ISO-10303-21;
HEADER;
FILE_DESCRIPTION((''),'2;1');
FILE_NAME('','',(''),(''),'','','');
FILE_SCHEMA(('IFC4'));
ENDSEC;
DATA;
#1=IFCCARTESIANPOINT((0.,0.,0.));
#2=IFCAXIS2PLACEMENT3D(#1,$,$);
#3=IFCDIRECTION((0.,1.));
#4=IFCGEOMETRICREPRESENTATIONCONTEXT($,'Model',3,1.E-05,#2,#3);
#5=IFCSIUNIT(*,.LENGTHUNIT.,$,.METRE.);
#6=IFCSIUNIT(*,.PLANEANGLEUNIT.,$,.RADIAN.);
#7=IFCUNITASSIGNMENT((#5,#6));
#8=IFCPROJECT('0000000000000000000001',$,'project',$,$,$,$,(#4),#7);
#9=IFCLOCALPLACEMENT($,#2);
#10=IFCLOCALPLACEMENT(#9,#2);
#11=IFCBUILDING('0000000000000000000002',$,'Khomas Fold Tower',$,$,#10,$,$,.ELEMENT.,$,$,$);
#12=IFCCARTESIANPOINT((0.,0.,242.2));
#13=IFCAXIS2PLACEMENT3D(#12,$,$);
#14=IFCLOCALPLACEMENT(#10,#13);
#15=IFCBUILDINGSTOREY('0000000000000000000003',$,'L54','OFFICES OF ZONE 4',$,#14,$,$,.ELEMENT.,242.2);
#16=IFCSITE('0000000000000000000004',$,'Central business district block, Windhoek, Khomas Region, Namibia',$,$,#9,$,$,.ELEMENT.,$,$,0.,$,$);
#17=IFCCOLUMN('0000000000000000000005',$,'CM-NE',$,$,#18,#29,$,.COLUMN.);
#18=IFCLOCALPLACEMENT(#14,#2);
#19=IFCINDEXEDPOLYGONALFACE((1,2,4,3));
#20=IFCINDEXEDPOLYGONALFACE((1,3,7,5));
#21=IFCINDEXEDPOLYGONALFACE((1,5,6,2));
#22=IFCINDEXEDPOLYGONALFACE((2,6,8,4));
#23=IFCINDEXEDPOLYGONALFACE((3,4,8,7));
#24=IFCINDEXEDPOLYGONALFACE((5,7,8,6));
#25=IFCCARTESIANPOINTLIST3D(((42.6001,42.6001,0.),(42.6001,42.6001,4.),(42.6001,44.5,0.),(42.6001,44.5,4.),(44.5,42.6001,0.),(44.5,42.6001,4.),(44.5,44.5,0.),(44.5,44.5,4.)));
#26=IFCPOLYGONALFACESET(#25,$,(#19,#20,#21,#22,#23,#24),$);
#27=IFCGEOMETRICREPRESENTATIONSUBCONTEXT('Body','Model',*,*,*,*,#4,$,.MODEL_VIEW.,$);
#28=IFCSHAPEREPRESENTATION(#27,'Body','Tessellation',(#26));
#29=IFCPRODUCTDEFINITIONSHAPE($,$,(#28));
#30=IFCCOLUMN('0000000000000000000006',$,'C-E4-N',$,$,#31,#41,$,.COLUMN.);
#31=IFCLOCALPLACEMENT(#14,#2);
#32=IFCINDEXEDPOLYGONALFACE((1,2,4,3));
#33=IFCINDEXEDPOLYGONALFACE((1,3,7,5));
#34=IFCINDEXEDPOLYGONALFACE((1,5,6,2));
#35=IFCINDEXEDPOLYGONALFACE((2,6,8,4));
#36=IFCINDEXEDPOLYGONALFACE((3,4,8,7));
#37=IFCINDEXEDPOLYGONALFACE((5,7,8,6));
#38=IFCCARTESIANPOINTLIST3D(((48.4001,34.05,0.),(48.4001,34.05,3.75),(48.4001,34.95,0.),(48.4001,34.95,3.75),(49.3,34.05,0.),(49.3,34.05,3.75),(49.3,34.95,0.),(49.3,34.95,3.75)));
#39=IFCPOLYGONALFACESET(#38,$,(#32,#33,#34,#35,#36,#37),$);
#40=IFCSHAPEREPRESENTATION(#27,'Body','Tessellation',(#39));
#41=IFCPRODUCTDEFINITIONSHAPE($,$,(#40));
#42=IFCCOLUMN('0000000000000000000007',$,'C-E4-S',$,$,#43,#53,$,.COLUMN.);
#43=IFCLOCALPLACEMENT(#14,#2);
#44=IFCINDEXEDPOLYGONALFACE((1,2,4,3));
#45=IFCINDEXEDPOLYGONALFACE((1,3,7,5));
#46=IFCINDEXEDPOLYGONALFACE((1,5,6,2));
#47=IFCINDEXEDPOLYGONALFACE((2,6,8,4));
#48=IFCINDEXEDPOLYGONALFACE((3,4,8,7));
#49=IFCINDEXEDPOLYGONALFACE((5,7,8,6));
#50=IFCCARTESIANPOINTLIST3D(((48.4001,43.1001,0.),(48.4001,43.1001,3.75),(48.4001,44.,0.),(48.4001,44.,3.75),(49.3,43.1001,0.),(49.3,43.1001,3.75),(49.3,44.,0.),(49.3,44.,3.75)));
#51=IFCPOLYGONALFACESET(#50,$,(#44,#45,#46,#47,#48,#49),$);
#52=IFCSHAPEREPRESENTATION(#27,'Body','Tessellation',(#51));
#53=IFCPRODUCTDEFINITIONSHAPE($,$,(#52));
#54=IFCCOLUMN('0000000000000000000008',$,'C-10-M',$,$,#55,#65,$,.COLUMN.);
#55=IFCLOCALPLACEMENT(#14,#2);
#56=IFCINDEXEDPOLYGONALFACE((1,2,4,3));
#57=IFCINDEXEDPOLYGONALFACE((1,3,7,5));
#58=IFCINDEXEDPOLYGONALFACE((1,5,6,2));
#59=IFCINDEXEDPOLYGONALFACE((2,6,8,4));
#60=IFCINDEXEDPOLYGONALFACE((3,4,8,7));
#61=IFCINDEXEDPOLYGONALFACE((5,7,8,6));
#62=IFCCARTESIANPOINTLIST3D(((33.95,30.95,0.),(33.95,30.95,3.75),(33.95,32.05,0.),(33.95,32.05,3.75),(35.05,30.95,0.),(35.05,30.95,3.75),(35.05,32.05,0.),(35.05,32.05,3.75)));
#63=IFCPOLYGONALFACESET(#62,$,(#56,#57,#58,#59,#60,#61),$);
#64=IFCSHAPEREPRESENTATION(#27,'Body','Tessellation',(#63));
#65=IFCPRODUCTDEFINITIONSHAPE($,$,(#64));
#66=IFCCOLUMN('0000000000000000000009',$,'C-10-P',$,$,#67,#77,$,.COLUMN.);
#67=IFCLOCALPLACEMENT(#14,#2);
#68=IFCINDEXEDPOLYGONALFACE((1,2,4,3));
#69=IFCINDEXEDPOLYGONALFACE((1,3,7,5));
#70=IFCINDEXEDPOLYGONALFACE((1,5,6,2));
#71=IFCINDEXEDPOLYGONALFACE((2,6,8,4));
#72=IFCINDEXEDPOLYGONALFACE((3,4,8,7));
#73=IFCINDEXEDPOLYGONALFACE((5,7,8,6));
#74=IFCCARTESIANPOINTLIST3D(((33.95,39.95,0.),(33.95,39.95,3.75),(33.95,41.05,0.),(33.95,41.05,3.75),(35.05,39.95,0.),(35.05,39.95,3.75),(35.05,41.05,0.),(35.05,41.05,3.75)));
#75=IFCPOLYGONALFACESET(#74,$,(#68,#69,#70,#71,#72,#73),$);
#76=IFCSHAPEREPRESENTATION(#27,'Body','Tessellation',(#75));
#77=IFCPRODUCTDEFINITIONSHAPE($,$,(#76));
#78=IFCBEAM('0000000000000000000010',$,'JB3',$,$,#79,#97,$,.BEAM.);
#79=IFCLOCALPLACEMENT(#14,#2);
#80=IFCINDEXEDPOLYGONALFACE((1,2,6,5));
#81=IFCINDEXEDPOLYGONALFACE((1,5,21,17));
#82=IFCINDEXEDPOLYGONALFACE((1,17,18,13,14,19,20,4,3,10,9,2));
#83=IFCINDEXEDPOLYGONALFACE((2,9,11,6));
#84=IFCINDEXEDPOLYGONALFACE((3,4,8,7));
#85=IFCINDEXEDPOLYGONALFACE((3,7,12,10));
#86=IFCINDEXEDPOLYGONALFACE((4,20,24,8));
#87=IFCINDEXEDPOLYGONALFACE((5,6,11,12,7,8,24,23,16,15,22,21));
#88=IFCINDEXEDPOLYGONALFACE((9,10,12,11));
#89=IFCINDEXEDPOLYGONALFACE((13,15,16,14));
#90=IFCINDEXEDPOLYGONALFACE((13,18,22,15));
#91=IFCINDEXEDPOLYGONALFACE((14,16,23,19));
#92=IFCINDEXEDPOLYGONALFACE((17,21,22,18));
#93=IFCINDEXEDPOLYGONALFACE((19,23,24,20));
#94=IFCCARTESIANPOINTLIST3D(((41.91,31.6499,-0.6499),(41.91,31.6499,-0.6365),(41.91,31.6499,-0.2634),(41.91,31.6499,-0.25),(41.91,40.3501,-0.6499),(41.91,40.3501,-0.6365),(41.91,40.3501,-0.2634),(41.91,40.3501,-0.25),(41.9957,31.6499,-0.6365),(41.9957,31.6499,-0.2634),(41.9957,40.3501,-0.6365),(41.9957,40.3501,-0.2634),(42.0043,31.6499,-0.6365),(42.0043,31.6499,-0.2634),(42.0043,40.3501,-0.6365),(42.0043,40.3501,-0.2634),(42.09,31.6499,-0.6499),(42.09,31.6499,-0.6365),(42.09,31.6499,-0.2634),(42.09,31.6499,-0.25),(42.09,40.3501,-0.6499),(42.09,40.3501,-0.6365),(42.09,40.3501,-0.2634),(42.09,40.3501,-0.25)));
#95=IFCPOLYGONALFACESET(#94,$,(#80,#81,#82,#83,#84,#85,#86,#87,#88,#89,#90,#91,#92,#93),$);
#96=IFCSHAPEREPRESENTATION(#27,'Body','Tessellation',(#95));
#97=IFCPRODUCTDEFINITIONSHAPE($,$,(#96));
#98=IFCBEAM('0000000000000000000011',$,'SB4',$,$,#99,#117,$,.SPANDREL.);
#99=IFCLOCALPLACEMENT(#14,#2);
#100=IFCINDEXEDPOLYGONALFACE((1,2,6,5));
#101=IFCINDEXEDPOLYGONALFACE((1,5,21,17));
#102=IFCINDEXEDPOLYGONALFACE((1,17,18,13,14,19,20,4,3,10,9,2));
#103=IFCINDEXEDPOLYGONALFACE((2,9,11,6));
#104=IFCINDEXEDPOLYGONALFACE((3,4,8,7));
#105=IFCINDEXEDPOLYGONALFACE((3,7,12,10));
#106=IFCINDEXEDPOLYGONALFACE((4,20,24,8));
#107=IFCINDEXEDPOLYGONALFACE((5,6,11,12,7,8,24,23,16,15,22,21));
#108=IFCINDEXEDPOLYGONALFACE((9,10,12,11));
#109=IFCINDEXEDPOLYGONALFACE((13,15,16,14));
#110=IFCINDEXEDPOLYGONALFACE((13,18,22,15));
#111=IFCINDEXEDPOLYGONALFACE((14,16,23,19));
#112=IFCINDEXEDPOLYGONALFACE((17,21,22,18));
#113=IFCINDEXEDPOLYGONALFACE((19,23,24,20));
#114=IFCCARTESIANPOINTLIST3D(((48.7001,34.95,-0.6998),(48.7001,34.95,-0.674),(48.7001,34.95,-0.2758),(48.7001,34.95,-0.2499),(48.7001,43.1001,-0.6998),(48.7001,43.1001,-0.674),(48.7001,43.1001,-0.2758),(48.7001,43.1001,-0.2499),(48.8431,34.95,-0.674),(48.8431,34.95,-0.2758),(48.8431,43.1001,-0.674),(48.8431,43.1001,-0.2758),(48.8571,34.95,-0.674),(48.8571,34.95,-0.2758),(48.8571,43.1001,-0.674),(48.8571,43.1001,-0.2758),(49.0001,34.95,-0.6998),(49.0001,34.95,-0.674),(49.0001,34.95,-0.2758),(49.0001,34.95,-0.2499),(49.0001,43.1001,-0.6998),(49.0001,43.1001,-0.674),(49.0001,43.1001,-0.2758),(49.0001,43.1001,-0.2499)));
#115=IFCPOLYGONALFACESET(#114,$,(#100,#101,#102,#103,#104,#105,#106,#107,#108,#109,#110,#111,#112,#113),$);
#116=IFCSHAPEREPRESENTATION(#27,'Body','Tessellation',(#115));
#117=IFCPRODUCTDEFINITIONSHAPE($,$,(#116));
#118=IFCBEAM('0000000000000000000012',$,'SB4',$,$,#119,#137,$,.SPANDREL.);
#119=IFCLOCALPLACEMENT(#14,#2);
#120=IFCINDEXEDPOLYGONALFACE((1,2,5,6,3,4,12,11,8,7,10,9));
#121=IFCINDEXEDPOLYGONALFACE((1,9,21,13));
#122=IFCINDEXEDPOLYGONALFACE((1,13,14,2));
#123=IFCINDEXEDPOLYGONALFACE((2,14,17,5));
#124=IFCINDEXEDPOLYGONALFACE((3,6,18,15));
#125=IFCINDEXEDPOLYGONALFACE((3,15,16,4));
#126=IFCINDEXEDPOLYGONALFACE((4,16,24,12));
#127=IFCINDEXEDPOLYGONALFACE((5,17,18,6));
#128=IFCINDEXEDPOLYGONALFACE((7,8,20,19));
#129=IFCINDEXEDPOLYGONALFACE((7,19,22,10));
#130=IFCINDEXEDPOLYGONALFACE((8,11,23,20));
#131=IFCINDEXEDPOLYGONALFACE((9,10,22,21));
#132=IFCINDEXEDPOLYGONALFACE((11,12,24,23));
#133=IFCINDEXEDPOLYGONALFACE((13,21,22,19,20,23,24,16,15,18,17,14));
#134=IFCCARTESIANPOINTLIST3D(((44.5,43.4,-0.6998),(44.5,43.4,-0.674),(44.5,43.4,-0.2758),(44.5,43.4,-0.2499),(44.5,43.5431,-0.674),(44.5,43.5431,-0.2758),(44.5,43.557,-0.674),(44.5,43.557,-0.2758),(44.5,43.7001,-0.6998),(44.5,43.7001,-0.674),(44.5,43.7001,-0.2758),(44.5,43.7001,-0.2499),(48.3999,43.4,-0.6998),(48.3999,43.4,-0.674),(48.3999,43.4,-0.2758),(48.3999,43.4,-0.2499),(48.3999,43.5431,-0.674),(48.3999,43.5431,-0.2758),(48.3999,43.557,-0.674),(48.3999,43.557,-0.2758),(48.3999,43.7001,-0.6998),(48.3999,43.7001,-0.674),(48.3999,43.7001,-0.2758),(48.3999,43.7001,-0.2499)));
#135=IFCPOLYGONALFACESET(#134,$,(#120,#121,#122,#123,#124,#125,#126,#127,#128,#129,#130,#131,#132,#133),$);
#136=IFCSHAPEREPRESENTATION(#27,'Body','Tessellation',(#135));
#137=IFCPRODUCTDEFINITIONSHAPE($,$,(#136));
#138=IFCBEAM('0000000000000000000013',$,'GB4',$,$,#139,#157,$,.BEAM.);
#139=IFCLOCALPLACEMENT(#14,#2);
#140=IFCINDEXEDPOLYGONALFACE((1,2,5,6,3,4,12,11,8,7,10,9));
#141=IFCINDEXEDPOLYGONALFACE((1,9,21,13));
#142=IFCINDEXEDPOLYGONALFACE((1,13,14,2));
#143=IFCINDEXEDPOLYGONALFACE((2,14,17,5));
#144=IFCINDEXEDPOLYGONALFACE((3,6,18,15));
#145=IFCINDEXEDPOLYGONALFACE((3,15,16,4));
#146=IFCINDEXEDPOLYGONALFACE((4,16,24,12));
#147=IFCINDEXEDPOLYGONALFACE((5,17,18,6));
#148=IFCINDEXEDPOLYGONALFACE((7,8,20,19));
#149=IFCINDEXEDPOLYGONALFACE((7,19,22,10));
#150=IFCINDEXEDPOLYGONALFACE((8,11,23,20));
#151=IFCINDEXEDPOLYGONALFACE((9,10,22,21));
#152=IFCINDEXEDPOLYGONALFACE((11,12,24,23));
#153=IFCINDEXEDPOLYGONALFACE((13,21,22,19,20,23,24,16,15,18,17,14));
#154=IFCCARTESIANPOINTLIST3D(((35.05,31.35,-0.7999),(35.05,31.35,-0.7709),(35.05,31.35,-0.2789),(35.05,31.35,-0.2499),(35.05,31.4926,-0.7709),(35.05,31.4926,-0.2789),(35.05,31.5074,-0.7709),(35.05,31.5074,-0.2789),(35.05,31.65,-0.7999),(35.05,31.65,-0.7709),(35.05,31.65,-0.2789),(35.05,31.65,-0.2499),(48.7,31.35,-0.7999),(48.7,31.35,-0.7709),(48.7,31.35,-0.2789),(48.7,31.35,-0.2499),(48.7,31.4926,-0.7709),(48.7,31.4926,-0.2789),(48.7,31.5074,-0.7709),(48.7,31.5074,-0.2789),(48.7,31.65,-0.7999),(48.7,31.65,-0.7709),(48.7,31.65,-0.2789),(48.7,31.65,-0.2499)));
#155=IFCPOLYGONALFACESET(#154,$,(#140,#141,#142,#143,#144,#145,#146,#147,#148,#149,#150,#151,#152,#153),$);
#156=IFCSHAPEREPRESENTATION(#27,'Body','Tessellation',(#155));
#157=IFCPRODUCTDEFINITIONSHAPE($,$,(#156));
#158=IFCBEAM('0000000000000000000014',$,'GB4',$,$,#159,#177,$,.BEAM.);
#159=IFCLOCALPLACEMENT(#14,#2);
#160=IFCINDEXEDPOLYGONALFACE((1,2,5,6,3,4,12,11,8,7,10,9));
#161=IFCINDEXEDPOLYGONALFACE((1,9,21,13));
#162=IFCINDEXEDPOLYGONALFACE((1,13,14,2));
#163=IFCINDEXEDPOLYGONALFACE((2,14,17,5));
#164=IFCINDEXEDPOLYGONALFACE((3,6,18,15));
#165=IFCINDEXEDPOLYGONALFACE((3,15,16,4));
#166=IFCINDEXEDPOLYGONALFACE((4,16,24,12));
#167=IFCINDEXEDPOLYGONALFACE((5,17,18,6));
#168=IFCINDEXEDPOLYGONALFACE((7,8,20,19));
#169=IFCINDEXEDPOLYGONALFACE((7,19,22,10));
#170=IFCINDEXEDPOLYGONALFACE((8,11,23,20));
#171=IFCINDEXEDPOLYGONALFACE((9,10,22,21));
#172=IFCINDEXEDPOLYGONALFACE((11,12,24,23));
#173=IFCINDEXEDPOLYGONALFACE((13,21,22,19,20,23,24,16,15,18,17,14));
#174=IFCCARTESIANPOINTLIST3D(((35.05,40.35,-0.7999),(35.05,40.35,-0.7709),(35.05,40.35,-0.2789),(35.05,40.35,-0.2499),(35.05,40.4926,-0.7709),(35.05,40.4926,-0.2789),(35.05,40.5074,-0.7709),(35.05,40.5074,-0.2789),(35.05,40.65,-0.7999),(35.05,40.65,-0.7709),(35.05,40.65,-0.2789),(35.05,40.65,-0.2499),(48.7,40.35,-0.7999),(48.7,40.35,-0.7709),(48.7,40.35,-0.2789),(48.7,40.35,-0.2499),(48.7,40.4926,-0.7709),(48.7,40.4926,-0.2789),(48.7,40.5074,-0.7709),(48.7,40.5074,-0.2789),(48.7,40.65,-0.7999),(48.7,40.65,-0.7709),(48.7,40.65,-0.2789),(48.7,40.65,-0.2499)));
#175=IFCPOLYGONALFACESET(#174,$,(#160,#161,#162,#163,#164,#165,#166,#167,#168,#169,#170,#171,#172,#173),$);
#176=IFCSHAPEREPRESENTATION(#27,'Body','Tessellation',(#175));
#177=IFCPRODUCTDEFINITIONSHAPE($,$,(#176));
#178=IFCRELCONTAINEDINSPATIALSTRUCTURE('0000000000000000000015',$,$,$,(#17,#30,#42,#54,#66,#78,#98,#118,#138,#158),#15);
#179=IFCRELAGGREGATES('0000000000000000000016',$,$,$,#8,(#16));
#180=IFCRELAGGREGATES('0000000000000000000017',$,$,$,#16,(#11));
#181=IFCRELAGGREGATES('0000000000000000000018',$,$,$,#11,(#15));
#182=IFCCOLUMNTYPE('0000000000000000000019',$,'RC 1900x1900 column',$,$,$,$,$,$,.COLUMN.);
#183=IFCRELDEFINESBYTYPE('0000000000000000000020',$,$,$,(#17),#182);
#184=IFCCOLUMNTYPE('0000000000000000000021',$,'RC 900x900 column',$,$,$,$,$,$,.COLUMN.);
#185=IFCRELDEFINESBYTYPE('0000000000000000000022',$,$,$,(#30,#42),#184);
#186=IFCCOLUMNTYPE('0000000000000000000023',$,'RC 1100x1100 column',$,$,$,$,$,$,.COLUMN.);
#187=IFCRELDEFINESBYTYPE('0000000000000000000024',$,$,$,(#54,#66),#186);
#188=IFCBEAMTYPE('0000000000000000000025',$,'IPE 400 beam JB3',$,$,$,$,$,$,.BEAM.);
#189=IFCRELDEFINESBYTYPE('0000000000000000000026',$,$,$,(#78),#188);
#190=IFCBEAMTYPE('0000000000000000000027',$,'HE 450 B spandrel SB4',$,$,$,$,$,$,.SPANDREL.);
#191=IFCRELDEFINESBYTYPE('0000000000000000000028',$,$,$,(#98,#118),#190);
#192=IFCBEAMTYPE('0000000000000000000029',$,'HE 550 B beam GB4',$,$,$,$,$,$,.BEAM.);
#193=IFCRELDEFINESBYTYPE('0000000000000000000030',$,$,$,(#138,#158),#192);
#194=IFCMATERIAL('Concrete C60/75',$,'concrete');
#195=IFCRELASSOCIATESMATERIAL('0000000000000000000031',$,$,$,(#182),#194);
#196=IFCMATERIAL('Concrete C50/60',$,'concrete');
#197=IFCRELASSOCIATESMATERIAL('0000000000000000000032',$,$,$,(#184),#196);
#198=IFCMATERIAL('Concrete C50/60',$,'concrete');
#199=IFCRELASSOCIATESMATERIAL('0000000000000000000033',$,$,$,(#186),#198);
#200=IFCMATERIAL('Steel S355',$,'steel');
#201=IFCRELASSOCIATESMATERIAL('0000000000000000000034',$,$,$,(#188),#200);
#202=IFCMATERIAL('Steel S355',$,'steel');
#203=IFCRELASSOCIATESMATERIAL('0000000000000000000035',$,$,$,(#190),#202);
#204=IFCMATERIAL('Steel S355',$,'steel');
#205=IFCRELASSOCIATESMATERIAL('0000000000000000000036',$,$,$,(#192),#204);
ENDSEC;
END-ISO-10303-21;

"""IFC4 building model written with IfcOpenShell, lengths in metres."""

from ifc_helpers import new_model, si_unit, direction, frame, origin, origin_2d, place, context, subcontext, project, spatial, rectangle, i_section, extrude, source, transform, mapped, material, material_profile, profile_set, type_object, element, save


model = new_model("IFC4")

# Units and contexts
model_context = context("Model", 3, precision=1e-05, world=origin(), true_north=direction((0.0, 1.0)))
body_context = subcontext(model_context, "Body", "Model", "MODEL_VIEW")
ifc_project = project(units=[si_unit("LENGTHUNIT", "METRE"), si_unit("PLANEANGLEUNIT", "RADIAN")], contexts=[model_context])

# Site, building, storey
site_placement = place(None, origin())
site = spatial("IfcSite", under=ifc_project, at=site_placement, Name="Central business district block, Windhoek, Khomas Region, Namibia", CompositionType="ELEMENT", RefElevation=0.0)
building_placement = place(site_placement, origin())
building = spatial("IfcBuilding", under=site, at=building_placement, Name="Khomas Fold Tower", CompositionType="ELEMENT")
storey_placement = place(building_placement, frame((0.0, 0.0, 242.2)))
storey = spatial("IfcBuildingStorey", under=building, at=storey_placement, Name="L54", Description="OFFICES OF ZONE 4", CompositionType="ELEMENT", Elevation=242.2)

# Columns
ifc_material_1 = material(Name="Concrete C60/75", Category="concrete")
ifc_material_profile_1 = material_profile(ifc_material_1, rectangle(XDim=1.8999, YDim=1.8999, at=origin_2d()), Name="RC 1900x1900")
ifc_profile_set_1 = profile_set([ifc_material_profile_1], Name="Concrete C60/75")
column_type_1 = type_object("IfcColumnType", Name="RC 1900x1900 column", PredefinedType="COLUMN", material=ifc_profile_set_1)
shared_shape_1 = source(origin(), body_context, "Body", "SweptSolid", [
    extrude(rectangle(XDim=1.8999, YDim=1.8999, at=origin_2d()), origin(), (0.0, 0.0, 1.0), 4.0),
])
column_placement = place(storey_placement, frame((43.55, 43.55, 0.0), z_axis=(0.0, 0.0, 1.0), x_axis=(1.0, 0.0, 0.0)))
element("IfcColumn", 1, at=column_placement, inside=storey, type_object=column_type_1, Name="CM-NE", PredefinedType="COLUMN", context=body_context, shape_type="MappedRepresentation", body=[
    mapped(shared_shape_1, transform((0.0, 0.0, 0.0))),
])
ifc_material_2 = material(Name="Concrete C50/60", Category="concrete")
ifc_material_profile_2 = material_profile(ifc_material_2, rectangle(XDim=0.8999, YDim=0.8999, at=origin_2d()), Name="RC 900x900")
ifc_profile_set_2 = profile_set([ifc_material_profile_2], Name="Concrete C50/60")
column_type_2 = type_object("IfcColumnType", Name="RC 900x900 column", PredefinedType="COLUMN", material=ifc_profile_set_2)
shared_shape_2 = source(origin(), body_context, "Body", "SweptSolid", [
    extrude(rectangle(XDim=0.8999, YDim=0.8999, at=origin_2d()), origin(), (0.0, 0.0, 1.0), 3.75),
])
for number, where, z_axis, x_axis, name in (
    (2, (48.8501, 34.5, 0.0), (0.0, 0.0, 1.0), (1.0, 0.0, 0.0), "C-E4-N"),
    (3, (48.8501, 43.55, 0.0), (0.0, 0.0, 1.0), (1.0, 0.0, 0.0), "C-E4-S"),
):
    element("IfcColumn", number, at=place(storey_placement, frame(where, z_axis=z_axis, x_axis=x_axis)), inside=storey, type_object=column_type_2, Name=name, PredefinedType="COLUMN", context=body_context, shape_type="MappedRepresentation", body=[
        mapped(shared_shape_2, transform((0.0, 0.0, 0.0))),
    ])
ifc_material_3 = material(Name="Concrete C50/60", Category="concrete")
ifc_material_profile_3 = material_profile(ifc_material_3, rectangle(XDim=1.1001, YDim=1.1001, at=origin_2d()), Name="RC 1100x1100")
ifc_profile_set_3 = profile_set([ifc_material_profile_3], Name="Concrete C50/60")
column_type_3 = type_object("IfcColumnType", Name="RC 1100x1100 column", PredefinedType="COLUMN", material=ifc_profile_set_3)
shared_shape_3 = source(origin(), body_context, "Body", "SweptSolid", [
    extrude(rectangle(XDim=1.1001, YDim=1.1001, at=origin_2d()), origin(), (0.0, 0.0, 1.0), 3.75),
])
for number, where, z_axis, x_axis, name in (
    (4, (34.5, 31.5, 0.0), (0.0, 0.0, 1.0), (1.0, 0.0, 0.0), "C-10-M"),
    (5, (34.5, 40.5, 0.0), (0.0, 0.0, 1.0), (1.0, 0.0, 0.0), "C-10-P"),
):
    element("IfcColumn", number, at=place(storey_placement, frame(where, z_axis=z_axis, x_axis=x_axis)), inside=storey, type_object=column_type_3, Name=name, PredefinedType="COLUMN", context=body_context, shape_type="MappedRepresentation", body=[
        mapped(shared_shape_3, transform((0.0, 0.0, 0.0))),
    ])

# Beams
ifc_material_4 = material(Name="Steel S355", Category="steel")
ifc_material_profile_4 = material_profile(ifc_material_4, i_section(OverallWidth=0.1799, OverallDepth=0.3999, WebThickness=0.0085, FlangeThickness=0.0134, at=origin_2d()), Name="IPE 400")
ifc_profile_set_4 = profile_set([ifc_material_profile_4], Name="Steel S355")
beam_type_1 = type_object("IfcBeamType", Name="IPE 400 beam JB3", PredefinedType="BEAM", material=ifc_profile_set_4)
shared_shape_4 = source(origin(), body_context, "Body", "SweptSolid", [
    extrude(i_section(OverallWidth=0.1799, OverallDepth=0.3999, WebThickness=0.0085, FlangeThickness=0.0134, at=origin_2d()), origin(), (0.0, 0.0, 1.0), 8.7002),
])
beam_1_placement = place(storey_placement, frame((42.0, 31.6499, -0.45), z_axis=(0.0, 1.0, 0.0), x_axis=(-1.0, 0.0, 0.0)))
element("IfcBeam", 6, at=beam_1_placement, inside=storey, type_object=beam_type_1, Name="JB3", PredefinedType="BEAM", context=body_context, shape_type="MappedRepresentation", body=[
    mapped(shared_shape_4, transform((0.0, 0.0, 0.0))),
])
ifc_material_5 = material(Name="Steel S355", Category="steel")
ifc_material_profile_5 = material_profile(ifc_material_5, i_section(OverallWidth=0.3, OverallDepth=0.45, WebThickness=0.0139, FlangeThickness=0.0259, at=origin_2d()), Name="HE 450 B")
ifc_profile_set_5 = profile_set([ifc_material_profile_5], Name="Steel S355")
beam_type_2 = type_object("IfcBeamType", Name="HE 450 B spandrel SB4", PredefinedType="SPANDREL", material=ifc_profile_set_5)
shared_shape_5 = source(origin(), body_context, "Body", "SweptSolid", [
    extrude(i_section(OverallWidth=0.3, OverallDepth=0.45, WebThickness=0.0139, FlangeThickness=0.0259, at=origin_2d()), origin(), (0.0, 0.0, 1.0), 8.1501),
])
beam_2_placement = place(storey_placement, frame((48.8501, 34.95, -0.4749), z_axis=(0.0, 1.0, 0.0), x_axis=(-1.0, 0.0, 0.0)))
element("IfcBeam", 7, at=beam_2_placement, inside=storey, type_object=beam_type_2, Name="SB4", PredefinedType="SPANDREL", context=body_context, shape_type="MappedRepresentation", body=[
    mapped(shared_shape_5, transform((0.0, 0.0, 0.0))),
])
shared_shape_6 = source(origin(), body_context, "Body", "SweptSolid", [
    extrude(i_section(OverallWidth=0.3, OverallDepth=0.45, WebThickness=0.0139, FlangeThickness=0.0259, at=origin_2d()), origin(), (0.0, 0.0, 1.0), 3.8999),
])
beam_3_placement = place(storey_placement, frame((44.5, 43.55, -0.4749), z_axis=(1.0, 0.0, 0.0), x_axis=(0.0, 1.0, 0.0)))
element("IfcBeam", 8, at=beam_3_placement, inside=storey, type_object=beam_type_2, Name="SB4", PredefinedType="SPANDREL", context=body_context, shape_type="MappedRepresentation", body=[
    mapped(shared_shape_6, transform((0.0, 0.0, 0.0))),
])
ifc_material_6 = material(Name="Steel S355", Category="steel")
ifc_material_profile_6 = material_profile(ifc_material_6, i_section(OverallWidth=0.3, OverallDepth=0.55, WebThickness=0.0149, FlangeThickness=0.0291, at=origin_2d()), Name="HE 550 B")
ifc_profile_set_6 = profile_set([ifc_material_profile_6], Name="Steel S355")
beam_type_3 = type_object("IfcBeamType", Name="HE 550 B beam GB4", PredefinedType="BEAM", material=ifc_profile_set_6)
shared_shape_7 = source(origin(), body_context, "Body", "SweptSolid", [
    extrude(i_section(OverallWidth=0.3, OverallDepth=0.55, WebThickness=0.0149, FlangeThickness=0.0291, at=origin_2d()), origin(), (0.0, 0.0, 1.0), 13.6499),
])
for number, where, z_axis, x_axis, name in (
    (9, (35.05, 31.5, -0.5249), (1.0, 0.0, 0.0), (0.0, 1.0, 0.0), "GB4"),
    (10, (35.05, 40.5, -0.5249), (1.0, 0.0, 0.0), (0.0, 1.0, 0.0), "GB4"),
):
    element("IfcBeam", number, at=place(storey_placement, frame(where, z_axis=z_axis, x_axis=x_axis)), inside=storey, type_object=beam_type_3, Name=name, PredefinedType="BEAM", context=body_context, shape_type="MappedRepresentation", body=[
        mapped(shared_shape_7, transform((0.0, 0.0, 0.0))),
    ])

save(model, "model.ifc")
